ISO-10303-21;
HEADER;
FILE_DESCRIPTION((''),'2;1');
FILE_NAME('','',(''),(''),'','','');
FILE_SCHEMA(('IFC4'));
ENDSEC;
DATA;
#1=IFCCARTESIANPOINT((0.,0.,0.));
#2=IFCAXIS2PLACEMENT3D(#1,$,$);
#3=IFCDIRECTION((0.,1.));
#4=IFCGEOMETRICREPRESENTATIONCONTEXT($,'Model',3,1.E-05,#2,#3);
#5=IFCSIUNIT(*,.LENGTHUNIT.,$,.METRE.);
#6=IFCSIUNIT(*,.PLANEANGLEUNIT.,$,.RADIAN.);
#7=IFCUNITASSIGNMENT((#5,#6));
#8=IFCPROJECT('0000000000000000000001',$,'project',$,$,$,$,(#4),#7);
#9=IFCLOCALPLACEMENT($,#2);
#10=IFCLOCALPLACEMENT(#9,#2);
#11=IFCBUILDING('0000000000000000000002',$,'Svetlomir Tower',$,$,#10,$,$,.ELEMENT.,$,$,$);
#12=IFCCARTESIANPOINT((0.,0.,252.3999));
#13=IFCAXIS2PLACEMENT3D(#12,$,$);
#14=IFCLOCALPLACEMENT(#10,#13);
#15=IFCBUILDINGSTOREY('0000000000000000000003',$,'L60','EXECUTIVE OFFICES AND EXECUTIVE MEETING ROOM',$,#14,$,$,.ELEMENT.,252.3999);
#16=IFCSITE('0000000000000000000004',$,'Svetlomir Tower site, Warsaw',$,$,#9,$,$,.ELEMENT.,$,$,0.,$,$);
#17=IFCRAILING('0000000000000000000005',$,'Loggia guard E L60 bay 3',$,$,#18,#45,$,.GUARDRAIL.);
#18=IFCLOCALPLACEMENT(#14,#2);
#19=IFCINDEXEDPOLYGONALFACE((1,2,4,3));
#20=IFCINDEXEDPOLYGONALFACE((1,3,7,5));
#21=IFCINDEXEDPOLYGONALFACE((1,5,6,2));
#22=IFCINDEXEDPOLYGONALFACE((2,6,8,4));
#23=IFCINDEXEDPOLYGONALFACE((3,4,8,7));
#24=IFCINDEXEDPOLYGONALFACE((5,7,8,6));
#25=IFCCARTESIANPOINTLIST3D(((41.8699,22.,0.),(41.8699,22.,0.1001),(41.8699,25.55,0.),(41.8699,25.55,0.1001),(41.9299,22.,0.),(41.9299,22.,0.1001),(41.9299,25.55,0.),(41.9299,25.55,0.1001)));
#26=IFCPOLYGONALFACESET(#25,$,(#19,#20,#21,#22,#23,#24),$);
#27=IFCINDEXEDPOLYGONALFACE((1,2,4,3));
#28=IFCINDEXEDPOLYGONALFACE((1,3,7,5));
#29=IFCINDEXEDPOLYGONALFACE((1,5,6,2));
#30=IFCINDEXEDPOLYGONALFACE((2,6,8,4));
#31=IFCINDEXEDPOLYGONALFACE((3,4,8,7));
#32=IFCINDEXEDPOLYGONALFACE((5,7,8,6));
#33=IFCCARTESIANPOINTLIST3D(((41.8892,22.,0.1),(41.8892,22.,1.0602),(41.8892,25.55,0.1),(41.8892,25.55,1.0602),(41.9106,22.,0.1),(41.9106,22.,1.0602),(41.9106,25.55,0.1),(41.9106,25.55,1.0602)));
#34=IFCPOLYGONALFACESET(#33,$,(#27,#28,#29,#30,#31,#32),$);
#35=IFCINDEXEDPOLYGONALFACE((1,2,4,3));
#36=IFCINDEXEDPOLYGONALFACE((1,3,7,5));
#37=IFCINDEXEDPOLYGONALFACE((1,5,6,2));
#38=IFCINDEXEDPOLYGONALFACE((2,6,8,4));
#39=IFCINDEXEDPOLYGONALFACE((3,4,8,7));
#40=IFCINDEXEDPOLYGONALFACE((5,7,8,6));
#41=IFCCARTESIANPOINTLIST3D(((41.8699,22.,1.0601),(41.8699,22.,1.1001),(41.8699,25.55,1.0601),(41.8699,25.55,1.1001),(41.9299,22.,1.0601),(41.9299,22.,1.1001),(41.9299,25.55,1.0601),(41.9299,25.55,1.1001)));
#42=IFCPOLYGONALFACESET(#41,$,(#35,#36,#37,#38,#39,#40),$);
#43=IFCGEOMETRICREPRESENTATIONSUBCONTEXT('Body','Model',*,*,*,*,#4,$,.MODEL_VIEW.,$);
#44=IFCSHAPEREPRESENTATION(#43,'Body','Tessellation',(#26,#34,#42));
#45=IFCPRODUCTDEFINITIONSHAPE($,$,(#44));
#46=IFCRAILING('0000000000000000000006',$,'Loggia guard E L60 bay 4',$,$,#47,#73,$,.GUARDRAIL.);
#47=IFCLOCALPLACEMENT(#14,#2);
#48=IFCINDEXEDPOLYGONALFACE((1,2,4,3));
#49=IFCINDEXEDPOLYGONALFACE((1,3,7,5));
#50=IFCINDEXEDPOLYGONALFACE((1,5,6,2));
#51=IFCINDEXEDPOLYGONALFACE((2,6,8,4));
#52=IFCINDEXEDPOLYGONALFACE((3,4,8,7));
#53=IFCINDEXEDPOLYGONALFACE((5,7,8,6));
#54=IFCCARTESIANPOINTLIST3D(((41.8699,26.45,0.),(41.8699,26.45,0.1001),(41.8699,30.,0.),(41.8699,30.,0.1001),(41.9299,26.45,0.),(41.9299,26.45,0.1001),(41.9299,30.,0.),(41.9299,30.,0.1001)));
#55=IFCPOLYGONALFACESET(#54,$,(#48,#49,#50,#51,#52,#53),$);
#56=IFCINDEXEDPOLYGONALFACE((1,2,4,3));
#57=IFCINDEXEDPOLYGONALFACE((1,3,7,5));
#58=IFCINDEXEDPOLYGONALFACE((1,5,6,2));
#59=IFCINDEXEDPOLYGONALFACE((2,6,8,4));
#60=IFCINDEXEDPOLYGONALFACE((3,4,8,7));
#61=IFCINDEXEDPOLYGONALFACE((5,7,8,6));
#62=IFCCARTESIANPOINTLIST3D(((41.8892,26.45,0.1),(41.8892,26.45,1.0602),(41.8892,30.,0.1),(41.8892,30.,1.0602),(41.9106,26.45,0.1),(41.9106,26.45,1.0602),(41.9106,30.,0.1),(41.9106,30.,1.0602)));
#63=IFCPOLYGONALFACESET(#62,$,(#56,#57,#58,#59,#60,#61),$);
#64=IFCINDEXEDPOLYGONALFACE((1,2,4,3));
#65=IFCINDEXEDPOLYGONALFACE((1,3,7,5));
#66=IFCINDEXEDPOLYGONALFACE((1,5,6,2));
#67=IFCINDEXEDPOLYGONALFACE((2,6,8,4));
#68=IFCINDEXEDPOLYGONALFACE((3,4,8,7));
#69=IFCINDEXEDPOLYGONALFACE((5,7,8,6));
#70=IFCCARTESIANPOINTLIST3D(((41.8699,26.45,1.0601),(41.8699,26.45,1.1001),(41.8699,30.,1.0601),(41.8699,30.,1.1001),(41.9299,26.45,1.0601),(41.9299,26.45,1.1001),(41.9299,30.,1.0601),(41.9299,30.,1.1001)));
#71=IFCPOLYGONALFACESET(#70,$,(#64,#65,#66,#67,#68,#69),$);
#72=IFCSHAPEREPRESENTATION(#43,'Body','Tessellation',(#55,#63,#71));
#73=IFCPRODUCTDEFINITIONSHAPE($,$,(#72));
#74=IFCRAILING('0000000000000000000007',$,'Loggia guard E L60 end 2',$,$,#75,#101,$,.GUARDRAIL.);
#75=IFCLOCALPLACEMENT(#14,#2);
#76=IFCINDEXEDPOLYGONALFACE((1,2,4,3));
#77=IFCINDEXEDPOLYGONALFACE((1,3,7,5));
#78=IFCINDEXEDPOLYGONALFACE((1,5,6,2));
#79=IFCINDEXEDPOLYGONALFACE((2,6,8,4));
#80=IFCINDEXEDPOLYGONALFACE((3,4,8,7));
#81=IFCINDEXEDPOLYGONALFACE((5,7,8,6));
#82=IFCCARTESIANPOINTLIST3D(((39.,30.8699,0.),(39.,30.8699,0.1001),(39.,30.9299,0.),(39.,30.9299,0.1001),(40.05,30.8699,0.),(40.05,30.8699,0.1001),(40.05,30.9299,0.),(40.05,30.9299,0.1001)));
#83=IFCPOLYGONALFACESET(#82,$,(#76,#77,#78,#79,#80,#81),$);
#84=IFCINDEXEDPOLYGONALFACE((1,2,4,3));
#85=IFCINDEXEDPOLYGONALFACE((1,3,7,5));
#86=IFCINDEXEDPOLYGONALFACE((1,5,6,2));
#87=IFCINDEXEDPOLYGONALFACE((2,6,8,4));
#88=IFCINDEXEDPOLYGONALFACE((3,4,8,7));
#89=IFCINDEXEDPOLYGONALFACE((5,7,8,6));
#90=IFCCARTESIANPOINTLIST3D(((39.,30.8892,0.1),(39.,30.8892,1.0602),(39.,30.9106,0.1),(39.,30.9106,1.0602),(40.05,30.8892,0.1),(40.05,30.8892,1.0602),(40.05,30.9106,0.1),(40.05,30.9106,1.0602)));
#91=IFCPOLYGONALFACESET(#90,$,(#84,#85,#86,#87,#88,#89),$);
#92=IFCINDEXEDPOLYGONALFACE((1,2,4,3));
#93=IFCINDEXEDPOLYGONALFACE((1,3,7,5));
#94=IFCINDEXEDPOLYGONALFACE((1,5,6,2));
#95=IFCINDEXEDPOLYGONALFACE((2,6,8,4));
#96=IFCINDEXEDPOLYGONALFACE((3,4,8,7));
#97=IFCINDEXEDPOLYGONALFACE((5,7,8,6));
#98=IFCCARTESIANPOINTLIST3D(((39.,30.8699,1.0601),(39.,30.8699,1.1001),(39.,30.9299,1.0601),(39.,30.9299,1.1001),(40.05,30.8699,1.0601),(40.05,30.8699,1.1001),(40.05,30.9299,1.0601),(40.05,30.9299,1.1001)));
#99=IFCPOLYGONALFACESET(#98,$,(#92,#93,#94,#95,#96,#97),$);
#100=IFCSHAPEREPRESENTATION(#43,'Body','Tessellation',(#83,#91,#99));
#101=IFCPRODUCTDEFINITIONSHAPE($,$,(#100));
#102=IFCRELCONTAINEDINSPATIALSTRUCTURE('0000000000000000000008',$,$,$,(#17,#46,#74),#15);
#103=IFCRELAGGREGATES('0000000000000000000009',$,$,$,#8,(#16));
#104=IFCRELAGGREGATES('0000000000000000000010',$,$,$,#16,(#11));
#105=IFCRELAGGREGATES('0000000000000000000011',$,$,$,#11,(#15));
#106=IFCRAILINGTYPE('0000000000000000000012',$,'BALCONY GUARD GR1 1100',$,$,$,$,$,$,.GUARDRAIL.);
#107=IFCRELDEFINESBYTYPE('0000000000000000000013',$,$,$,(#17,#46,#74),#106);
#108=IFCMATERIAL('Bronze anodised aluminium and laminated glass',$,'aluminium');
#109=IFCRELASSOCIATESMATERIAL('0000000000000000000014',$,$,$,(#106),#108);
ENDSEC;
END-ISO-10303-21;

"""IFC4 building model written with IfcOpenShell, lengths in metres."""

from ifc_helpers import new_model, si_unit, direction, frame, origin, origin_2d, place, context, subcontext, project, spatial, rectangle, extrude, material, type_object, element, save


model = new_model("IFC4")

# Units and contexts
model_context = context("Model", 3, precision=1e-05, world=origin(), true_north=direction((0.0, 1.0)))
body_context = subcontext(model_context, "Body", "Model", "MODEL_VIEW")
ifc_project = project(units=[si_unit("LENGTHUNIT", "METRE"), si_unit("PLANEANGLEUNIT", "RADIAN")], contexts=[model_context])

# Site, building, storey
site_placement = place(None, origin())
site = spatial("IfcSite", under=ifc_project, at=site_placement, Name="Svetlomir Tower site, Warsaw", CompositionType="ELEMENT", RefElevation=0.0)
building_placement = place(site_placement, origin())
building = spatial("IfcBuilding", under=site, at=building_placement, Name="Svetlomir Tower", CompositionType="ELEMENT")
storey_placement = place(building_placement, frame((0.0, 0.0, 252.3999)))
storey = spatial("IfcBuildingStorey", under=building, at=storey_placement, Name="L60", Description="EXECUTIVE OFFICES AND EXECUTIVE MEETING ROOM", CompositionType="ELEMENT", Elevation=252.3999)

# Railings
ifc_material_1 = material(Name="Bronze anodised aluminium and laminated glass", Category="aluminium")
railing_type = type_object("IfcRailingType", Name="BALCONY GUARD GR1 1100", PredefinedType="GUARDRAIL", material=ifc_material_1)
for number, where, name in (
    (1, (41.8999, 22.0, 0.0), "Loggia guard E L60 bay 3"),
    (2, (41.8999, 26.45, 0.0), "Loggia guard E L60 bay 4"),
):
    element("IfcRailing", number, at=place(storey_placement, frame(where)), inside=storey, type_object=railing_type, Name=name, PredefinedType="GUARDRAIL", context=body_context, shape_type="SweptSolid", body=[
        extrude(rectangle(XDim=0.0601, YDim=0.1001, at=origin_2d()), frame((0.0, 0.0, 0.05), z_axis=(0.0, 1.0, 0.0), x_axis=(-1.0, 0.0, 0.0)), (0.0, 0.0, 1.0), 3.55),
        extrude(rectangle(XDim=0.0215, YDim=0.9602, at=origin_2d()), frame((0.0, 0.0, 0.5801), z_axis=(0.0, 1.0, 0.0), x_axis=(-1.0, 0.0, 0.0)), (0.0, 0.0, 1.0), 3.55),
        extrude(rectangle(XDim=0.0601, YDim=0.04, at=origin_2d()), frame((0.0, 0.0, 1.0801), z_axis=(0.0, 1.0, 0.0), x_axis=(-1.0, 0.0, 0.0)), (0.0, 0.0, 1.0), 3.55),
    ])
railing_placement = place(storey_placement, frame((40.05, 30.8999, 0.0)))
element("IfcRailing", 3, at=railing_placement, inside=storey, type_object=railing_type, Name="Loggia guard E L60 end 2", PredefinedType="GUARDRAIL", context=body_context, shape_type="SweptSolid", body=[
    extrude(rectangle(XDim=0.0601, YDim=0.1001, at=origin_2d()), frame((0.0, 0.0, 0.05), z_axis=(-1.0, 0.0, 0.0), x_axis=(0.0, -1.0, 0.0)), (0.0, 0.0, 1.0), 1.05),
    extrude(rectangle(XDim=0.0215, YDim=0.9602, at=origin_2d()), frame((0.0, 0.0, 0.5801), z_axis=(-1.0, 0.0, 0.0), x_axis=(0.0, -1.0, 0.0)), (0.0, 0.0, 1.0), 1.05),
    extrude(rectangle(XDim=0.0601, YDim=0.04, at=origin_2d()), frame((0.0, 0.0, 1.0801), z_axis=(-1.0, 0.0, 0.0), x_axis=(0.0, -1.0, 0.0)), (0.0, 0.0, 1.0), 1.05),
])

save(model, "model.ifc")
